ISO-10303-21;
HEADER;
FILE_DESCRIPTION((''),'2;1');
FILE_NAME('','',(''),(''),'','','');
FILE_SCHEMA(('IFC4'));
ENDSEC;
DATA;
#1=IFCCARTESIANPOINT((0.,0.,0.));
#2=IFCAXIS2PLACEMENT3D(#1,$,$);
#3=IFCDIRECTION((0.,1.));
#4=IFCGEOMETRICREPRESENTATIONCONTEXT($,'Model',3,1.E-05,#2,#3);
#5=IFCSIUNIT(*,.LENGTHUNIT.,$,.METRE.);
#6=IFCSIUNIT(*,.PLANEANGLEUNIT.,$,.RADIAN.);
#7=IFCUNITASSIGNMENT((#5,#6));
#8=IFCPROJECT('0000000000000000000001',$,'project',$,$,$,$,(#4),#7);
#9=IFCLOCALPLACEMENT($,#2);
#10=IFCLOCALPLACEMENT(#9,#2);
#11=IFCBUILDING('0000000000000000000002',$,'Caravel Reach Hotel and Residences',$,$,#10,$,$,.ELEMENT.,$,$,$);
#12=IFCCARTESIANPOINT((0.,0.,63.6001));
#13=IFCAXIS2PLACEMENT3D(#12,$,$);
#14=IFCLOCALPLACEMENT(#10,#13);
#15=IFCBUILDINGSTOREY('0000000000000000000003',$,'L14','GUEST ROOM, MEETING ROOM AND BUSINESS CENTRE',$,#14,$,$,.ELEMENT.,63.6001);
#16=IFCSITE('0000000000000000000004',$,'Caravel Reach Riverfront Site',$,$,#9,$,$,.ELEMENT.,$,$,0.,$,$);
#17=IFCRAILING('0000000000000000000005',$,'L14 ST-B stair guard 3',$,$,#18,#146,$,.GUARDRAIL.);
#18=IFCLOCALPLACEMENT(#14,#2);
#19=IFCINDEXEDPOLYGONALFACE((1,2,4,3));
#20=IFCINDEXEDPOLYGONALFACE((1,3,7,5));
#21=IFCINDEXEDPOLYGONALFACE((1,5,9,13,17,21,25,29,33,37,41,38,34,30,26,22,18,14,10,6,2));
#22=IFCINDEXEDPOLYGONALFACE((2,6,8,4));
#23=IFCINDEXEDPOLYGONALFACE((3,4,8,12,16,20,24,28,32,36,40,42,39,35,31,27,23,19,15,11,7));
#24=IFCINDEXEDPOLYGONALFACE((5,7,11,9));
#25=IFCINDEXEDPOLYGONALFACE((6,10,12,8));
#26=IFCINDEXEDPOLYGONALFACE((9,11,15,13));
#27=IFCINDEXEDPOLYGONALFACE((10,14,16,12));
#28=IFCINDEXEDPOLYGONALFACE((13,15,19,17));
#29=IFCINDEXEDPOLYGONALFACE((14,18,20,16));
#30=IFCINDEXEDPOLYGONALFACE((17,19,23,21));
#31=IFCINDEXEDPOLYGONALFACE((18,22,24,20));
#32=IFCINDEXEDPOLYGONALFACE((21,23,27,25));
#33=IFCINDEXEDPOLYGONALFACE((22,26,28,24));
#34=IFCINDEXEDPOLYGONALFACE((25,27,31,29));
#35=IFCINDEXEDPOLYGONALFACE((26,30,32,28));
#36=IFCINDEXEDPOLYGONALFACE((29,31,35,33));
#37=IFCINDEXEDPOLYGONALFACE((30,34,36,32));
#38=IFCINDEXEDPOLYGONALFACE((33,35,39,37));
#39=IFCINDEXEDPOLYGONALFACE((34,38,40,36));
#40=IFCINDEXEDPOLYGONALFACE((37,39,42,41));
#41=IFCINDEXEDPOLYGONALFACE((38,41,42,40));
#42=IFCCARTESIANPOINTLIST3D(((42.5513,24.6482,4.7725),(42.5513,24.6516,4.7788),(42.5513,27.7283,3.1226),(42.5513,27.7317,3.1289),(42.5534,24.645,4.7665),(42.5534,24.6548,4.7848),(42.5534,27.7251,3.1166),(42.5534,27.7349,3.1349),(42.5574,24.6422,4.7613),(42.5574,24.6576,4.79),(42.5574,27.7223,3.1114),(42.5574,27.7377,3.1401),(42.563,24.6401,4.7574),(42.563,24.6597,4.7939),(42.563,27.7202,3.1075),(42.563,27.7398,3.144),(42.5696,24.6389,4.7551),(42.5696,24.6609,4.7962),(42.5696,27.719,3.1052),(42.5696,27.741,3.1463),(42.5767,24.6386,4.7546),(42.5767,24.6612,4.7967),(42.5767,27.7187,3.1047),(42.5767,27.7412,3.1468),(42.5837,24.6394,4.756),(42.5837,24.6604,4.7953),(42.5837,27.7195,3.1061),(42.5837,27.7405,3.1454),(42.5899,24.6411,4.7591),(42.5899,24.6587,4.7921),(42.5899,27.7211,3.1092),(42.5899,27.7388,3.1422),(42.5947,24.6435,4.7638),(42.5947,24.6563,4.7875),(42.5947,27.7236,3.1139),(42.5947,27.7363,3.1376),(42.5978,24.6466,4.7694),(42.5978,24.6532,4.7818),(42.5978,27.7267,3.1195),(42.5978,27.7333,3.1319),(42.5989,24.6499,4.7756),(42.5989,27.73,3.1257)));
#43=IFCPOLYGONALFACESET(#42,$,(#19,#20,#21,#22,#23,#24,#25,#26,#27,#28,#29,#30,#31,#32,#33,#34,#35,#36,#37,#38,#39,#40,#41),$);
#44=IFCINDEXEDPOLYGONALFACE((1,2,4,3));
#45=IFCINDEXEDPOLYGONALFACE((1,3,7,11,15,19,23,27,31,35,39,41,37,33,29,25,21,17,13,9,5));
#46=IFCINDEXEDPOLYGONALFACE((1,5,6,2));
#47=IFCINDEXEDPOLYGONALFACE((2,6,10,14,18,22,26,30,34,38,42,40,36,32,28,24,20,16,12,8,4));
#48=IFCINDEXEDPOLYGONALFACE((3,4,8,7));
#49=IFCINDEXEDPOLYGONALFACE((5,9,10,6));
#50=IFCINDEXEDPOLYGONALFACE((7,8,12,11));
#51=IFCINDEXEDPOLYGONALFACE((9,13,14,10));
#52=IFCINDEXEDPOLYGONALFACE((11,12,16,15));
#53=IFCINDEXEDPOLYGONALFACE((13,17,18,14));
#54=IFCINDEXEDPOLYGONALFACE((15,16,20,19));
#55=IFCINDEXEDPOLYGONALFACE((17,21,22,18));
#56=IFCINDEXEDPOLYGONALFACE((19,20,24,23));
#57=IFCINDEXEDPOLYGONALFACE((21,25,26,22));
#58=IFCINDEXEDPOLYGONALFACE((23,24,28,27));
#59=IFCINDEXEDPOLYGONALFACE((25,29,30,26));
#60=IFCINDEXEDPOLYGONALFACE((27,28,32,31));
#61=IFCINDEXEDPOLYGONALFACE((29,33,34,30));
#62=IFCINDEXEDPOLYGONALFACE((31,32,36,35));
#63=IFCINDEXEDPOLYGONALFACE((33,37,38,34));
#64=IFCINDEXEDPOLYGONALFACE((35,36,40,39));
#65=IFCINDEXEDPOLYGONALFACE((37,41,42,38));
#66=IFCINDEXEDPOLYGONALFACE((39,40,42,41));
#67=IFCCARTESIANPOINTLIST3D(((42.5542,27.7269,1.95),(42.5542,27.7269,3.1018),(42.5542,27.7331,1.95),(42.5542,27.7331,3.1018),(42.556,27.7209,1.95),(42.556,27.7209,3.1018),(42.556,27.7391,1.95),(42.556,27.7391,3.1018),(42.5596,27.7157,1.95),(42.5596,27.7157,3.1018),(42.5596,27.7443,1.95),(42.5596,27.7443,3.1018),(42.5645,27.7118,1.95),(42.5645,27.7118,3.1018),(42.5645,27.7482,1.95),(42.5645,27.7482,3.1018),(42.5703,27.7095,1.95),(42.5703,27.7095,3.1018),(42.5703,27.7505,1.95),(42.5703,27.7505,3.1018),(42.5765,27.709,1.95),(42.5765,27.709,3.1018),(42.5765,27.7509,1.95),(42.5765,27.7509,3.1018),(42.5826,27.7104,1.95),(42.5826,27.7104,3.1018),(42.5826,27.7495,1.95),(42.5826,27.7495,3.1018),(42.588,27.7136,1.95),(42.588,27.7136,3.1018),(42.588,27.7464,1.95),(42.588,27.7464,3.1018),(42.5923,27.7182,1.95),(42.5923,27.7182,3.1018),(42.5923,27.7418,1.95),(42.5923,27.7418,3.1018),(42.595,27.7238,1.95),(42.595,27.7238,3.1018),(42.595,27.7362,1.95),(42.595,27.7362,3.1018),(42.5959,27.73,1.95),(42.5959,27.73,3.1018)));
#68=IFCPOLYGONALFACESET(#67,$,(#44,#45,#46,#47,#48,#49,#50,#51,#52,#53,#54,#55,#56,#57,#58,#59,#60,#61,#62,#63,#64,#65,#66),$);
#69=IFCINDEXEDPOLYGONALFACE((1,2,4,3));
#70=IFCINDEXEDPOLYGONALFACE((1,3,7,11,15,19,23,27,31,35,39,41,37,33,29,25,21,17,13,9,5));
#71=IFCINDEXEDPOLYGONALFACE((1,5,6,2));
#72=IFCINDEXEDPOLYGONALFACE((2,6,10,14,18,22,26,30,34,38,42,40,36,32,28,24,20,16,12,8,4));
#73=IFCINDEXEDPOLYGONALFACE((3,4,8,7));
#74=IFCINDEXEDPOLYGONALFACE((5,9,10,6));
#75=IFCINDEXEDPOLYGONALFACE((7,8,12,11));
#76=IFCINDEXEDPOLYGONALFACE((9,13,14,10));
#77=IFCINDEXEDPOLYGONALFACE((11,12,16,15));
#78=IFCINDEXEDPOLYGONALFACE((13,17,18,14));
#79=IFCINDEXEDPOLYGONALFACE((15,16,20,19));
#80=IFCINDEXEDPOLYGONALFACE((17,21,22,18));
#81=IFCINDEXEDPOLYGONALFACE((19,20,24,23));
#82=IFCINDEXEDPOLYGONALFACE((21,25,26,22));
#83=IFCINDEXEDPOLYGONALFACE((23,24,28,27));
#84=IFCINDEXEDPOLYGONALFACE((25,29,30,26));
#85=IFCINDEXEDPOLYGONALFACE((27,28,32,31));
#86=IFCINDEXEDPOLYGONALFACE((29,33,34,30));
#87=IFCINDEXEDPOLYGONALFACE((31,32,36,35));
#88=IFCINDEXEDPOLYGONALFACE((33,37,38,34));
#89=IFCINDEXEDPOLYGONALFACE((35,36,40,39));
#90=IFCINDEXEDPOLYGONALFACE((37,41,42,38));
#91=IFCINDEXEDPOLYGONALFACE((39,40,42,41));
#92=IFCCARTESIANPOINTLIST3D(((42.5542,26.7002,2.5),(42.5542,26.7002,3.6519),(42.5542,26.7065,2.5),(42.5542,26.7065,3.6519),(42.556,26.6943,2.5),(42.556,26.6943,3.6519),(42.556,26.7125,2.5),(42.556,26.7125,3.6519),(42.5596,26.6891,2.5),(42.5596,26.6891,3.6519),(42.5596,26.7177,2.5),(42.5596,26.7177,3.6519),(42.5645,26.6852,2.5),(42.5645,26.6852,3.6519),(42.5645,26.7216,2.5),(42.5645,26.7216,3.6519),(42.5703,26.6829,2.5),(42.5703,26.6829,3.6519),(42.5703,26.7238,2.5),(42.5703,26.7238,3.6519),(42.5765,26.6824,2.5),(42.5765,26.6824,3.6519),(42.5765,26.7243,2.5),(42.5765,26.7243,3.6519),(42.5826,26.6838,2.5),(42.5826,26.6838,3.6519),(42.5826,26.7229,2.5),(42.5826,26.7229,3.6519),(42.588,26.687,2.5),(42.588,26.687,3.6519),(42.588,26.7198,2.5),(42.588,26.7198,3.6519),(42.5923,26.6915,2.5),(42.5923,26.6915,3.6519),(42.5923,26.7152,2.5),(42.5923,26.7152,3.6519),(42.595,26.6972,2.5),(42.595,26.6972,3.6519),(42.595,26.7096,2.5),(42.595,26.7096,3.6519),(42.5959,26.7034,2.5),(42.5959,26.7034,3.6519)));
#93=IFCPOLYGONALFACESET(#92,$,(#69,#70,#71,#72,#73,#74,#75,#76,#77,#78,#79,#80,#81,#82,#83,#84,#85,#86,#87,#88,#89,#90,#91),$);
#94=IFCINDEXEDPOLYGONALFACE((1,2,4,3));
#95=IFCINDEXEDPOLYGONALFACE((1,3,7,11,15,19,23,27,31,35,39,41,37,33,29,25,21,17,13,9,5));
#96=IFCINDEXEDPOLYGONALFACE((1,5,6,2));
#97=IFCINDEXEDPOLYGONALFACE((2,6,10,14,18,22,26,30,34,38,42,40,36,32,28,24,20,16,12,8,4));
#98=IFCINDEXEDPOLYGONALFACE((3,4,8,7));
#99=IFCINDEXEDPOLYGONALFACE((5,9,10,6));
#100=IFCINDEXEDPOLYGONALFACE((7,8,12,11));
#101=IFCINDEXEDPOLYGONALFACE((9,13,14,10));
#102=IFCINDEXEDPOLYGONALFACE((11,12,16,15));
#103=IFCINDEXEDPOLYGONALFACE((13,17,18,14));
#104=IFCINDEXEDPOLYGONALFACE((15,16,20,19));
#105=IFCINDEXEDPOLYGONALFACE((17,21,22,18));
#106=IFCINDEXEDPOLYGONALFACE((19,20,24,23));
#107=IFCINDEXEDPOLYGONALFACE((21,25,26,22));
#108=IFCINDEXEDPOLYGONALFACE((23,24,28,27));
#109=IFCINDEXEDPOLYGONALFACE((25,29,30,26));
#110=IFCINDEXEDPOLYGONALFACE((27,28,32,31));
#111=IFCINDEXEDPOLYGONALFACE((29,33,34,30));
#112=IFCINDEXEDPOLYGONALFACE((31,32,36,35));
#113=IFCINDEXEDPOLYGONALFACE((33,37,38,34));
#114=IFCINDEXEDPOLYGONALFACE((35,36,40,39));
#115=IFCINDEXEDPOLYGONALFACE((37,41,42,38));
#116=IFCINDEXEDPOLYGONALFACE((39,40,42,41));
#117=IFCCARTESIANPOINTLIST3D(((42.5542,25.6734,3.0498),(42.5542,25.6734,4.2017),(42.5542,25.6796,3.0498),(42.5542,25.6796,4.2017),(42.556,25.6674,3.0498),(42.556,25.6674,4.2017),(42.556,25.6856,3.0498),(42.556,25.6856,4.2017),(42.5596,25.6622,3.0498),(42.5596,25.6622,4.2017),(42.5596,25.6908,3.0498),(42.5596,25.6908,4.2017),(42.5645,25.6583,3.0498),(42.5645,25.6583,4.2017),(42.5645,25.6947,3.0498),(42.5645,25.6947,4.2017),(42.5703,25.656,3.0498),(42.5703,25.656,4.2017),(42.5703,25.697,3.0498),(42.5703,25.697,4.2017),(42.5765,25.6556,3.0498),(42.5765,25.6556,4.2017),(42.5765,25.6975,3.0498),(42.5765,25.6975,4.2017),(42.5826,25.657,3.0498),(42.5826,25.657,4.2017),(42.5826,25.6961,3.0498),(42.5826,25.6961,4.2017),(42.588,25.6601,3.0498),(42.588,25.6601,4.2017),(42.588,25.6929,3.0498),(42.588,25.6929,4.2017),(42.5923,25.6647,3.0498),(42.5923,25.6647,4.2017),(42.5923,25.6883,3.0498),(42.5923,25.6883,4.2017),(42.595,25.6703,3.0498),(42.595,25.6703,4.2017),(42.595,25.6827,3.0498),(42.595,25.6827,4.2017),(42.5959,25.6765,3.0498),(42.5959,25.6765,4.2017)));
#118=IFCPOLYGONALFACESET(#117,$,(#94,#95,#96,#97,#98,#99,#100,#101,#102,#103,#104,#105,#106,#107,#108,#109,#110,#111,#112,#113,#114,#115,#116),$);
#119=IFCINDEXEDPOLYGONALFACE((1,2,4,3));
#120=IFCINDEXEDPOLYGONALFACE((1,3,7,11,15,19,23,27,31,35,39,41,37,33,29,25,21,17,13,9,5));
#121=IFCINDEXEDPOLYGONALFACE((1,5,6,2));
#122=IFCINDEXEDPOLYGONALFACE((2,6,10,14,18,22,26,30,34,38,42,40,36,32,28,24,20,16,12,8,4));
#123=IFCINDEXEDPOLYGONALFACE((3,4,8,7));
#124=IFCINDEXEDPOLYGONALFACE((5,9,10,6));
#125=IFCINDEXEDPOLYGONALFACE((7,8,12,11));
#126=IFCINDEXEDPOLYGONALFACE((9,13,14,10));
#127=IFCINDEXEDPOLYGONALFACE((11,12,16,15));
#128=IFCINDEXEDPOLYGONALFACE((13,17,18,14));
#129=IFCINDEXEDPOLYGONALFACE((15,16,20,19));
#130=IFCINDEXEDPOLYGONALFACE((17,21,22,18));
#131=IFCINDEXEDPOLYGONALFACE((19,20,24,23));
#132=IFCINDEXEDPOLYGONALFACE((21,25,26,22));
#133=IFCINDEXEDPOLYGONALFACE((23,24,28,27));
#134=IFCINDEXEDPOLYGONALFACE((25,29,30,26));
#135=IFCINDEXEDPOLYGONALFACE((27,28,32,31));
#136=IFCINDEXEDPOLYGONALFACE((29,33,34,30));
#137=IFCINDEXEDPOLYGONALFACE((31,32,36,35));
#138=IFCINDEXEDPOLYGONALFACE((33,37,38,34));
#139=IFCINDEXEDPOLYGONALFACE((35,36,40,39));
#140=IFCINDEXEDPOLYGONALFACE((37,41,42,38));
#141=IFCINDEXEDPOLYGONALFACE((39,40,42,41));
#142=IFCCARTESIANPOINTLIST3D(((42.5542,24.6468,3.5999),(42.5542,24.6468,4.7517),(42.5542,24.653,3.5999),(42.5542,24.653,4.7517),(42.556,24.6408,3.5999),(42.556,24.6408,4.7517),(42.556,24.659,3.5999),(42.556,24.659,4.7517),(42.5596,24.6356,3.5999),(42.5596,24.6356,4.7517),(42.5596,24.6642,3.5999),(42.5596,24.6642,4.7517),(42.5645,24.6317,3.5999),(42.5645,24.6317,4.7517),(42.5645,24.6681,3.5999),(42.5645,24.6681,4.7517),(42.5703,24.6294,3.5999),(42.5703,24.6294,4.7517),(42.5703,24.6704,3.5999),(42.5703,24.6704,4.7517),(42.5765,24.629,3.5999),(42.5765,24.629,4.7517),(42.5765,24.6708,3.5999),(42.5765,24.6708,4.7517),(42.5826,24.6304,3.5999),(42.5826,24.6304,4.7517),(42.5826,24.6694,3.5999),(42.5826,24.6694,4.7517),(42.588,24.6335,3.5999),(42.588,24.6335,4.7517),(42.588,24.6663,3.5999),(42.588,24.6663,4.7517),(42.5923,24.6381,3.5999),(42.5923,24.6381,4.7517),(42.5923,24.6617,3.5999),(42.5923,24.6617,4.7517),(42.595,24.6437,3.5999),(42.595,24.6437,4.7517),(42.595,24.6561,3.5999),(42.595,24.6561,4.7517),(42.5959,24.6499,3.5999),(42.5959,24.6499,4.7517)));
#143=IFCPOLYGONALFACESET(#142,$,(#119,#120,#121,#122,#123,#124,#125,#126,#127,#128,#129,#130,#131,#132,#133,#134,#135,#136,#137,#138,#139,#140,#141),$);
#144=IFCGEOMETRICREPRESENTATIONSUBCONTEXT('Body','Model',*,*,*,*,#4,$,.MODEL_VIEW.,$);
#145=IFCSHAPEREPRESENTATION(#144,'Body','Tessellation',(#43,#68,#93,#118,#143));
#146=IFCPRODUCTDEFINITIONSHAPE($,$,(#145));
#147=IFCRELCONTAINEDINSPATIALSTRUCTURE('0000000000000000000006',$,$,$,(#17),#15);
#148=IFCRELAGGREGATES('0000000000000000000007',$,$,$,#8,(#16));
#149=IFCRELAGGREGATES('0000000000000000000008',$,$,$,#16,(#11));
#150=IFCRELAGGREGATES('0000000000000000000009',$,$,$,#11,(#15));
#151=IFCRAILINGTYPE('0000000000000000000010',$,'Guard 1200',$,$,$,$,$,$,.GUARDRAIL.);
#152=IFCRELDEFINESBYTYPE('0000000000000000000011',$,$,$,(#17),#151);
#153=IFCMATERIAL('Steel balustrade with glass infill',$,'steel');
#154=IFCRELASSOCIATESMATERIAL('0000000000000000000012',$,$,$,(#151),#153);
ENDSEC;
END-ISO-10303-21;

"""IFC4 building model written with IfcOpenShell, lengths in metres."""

from ifc_helpers import new_model, si_unit, direction, frame, origin, origin_2d, place, context, subcontext, project, spatial, circle, extrude, material, type_object, element, save


model = new_model("IFC4")

# Units and contexts
model_context = context("Model", 3, precision=1e-05, world=origin(), true_north=direction((0.0, 1.0)))
body_context = subcontext(model_context, "Body", "Model", "MODEL_VIEW")
ifc_project = project(units=[si_unit("LENGTHUNIT", "METRE"), si_unit("PLANEANGLEUNIT", "RADIAN")], contexts=[model_context])

# Site, building, storey
site_placement = place(None, origin())
site = spatial("IfcSite", under=ifc_project, at=site_placement, Name="Caravel Reach Riverfront Site", CompositionType="ELEMENT", RefElevation=0.0)
building_placement = place(site_placement, origin())
building = spatial("IfcBuilding", under=site, at=building_placement, Name="Caravel Reach Hotel and Residences", CompositionType="ELEMENT")
storey_placement = place(building_placement, frame((0.0, 0.0, 63.6001)))
storey = spatial("IfcBuildingStorey", under=building, at=storey_placement, Name="L14", Description="GUEST ROOM, MEETING ROOM AND BUSINESS CENTRE", CompositionType="ELEMENT", Elevation=63.6001)

# Railing
ifc_material_1 = material(Name="Steel balustrade with glass infill", Category="steel")
railing_type_1 = type_object("IfcRailingType", Name="Guard 1200", PredefinedType="GUARDRAIL", material=ifc_material_1)
railing_1_placement = place(storey_placement, frame((42.575, 27.73, 1.95)))
element("IfcRailing", 1, at=railing_1_placement, inside=storey, type_object=railing_type_1, Name="L14 ST-B stair guard 3", PredefinedType="GUARDRAIL", context=body_context, shape_type="SweptSolid", body=[
    extrude(circle(Radius=0.0239, at=origin_2d()), frame((0.0, 0.0, 1.1758), z_axis=(0.0, -0.881497, 0.47219), x_axis=(1.0, 0.0, 0.0)), (0.0, 0.0, 1.0), 3.4941),
    extrude(circle(Radius=0.021, at=origin_2d()), origin(), (0.0, 0.0, 1.0), 1.1519),
    extrude(circle(Radius=0.021, at=origin_2d()), frame((0.0, -1.0266, 0.55)), (0.0, 0.0, 1.0), 1.1519),
    extrude(circle(Radius=0.021, at=origin_2d()), frame((0.0, -2.0535, 1.0999)), (0.0, 0.0, 1.0), 1.1519),
    extrude(circle(Radius=0.021, at=origin_2d()), frame((0.0, -3.0801, 1.6499)), (0.0, 0.0, 1.0), 1.1519),
])

save(model, "model.ifc")
